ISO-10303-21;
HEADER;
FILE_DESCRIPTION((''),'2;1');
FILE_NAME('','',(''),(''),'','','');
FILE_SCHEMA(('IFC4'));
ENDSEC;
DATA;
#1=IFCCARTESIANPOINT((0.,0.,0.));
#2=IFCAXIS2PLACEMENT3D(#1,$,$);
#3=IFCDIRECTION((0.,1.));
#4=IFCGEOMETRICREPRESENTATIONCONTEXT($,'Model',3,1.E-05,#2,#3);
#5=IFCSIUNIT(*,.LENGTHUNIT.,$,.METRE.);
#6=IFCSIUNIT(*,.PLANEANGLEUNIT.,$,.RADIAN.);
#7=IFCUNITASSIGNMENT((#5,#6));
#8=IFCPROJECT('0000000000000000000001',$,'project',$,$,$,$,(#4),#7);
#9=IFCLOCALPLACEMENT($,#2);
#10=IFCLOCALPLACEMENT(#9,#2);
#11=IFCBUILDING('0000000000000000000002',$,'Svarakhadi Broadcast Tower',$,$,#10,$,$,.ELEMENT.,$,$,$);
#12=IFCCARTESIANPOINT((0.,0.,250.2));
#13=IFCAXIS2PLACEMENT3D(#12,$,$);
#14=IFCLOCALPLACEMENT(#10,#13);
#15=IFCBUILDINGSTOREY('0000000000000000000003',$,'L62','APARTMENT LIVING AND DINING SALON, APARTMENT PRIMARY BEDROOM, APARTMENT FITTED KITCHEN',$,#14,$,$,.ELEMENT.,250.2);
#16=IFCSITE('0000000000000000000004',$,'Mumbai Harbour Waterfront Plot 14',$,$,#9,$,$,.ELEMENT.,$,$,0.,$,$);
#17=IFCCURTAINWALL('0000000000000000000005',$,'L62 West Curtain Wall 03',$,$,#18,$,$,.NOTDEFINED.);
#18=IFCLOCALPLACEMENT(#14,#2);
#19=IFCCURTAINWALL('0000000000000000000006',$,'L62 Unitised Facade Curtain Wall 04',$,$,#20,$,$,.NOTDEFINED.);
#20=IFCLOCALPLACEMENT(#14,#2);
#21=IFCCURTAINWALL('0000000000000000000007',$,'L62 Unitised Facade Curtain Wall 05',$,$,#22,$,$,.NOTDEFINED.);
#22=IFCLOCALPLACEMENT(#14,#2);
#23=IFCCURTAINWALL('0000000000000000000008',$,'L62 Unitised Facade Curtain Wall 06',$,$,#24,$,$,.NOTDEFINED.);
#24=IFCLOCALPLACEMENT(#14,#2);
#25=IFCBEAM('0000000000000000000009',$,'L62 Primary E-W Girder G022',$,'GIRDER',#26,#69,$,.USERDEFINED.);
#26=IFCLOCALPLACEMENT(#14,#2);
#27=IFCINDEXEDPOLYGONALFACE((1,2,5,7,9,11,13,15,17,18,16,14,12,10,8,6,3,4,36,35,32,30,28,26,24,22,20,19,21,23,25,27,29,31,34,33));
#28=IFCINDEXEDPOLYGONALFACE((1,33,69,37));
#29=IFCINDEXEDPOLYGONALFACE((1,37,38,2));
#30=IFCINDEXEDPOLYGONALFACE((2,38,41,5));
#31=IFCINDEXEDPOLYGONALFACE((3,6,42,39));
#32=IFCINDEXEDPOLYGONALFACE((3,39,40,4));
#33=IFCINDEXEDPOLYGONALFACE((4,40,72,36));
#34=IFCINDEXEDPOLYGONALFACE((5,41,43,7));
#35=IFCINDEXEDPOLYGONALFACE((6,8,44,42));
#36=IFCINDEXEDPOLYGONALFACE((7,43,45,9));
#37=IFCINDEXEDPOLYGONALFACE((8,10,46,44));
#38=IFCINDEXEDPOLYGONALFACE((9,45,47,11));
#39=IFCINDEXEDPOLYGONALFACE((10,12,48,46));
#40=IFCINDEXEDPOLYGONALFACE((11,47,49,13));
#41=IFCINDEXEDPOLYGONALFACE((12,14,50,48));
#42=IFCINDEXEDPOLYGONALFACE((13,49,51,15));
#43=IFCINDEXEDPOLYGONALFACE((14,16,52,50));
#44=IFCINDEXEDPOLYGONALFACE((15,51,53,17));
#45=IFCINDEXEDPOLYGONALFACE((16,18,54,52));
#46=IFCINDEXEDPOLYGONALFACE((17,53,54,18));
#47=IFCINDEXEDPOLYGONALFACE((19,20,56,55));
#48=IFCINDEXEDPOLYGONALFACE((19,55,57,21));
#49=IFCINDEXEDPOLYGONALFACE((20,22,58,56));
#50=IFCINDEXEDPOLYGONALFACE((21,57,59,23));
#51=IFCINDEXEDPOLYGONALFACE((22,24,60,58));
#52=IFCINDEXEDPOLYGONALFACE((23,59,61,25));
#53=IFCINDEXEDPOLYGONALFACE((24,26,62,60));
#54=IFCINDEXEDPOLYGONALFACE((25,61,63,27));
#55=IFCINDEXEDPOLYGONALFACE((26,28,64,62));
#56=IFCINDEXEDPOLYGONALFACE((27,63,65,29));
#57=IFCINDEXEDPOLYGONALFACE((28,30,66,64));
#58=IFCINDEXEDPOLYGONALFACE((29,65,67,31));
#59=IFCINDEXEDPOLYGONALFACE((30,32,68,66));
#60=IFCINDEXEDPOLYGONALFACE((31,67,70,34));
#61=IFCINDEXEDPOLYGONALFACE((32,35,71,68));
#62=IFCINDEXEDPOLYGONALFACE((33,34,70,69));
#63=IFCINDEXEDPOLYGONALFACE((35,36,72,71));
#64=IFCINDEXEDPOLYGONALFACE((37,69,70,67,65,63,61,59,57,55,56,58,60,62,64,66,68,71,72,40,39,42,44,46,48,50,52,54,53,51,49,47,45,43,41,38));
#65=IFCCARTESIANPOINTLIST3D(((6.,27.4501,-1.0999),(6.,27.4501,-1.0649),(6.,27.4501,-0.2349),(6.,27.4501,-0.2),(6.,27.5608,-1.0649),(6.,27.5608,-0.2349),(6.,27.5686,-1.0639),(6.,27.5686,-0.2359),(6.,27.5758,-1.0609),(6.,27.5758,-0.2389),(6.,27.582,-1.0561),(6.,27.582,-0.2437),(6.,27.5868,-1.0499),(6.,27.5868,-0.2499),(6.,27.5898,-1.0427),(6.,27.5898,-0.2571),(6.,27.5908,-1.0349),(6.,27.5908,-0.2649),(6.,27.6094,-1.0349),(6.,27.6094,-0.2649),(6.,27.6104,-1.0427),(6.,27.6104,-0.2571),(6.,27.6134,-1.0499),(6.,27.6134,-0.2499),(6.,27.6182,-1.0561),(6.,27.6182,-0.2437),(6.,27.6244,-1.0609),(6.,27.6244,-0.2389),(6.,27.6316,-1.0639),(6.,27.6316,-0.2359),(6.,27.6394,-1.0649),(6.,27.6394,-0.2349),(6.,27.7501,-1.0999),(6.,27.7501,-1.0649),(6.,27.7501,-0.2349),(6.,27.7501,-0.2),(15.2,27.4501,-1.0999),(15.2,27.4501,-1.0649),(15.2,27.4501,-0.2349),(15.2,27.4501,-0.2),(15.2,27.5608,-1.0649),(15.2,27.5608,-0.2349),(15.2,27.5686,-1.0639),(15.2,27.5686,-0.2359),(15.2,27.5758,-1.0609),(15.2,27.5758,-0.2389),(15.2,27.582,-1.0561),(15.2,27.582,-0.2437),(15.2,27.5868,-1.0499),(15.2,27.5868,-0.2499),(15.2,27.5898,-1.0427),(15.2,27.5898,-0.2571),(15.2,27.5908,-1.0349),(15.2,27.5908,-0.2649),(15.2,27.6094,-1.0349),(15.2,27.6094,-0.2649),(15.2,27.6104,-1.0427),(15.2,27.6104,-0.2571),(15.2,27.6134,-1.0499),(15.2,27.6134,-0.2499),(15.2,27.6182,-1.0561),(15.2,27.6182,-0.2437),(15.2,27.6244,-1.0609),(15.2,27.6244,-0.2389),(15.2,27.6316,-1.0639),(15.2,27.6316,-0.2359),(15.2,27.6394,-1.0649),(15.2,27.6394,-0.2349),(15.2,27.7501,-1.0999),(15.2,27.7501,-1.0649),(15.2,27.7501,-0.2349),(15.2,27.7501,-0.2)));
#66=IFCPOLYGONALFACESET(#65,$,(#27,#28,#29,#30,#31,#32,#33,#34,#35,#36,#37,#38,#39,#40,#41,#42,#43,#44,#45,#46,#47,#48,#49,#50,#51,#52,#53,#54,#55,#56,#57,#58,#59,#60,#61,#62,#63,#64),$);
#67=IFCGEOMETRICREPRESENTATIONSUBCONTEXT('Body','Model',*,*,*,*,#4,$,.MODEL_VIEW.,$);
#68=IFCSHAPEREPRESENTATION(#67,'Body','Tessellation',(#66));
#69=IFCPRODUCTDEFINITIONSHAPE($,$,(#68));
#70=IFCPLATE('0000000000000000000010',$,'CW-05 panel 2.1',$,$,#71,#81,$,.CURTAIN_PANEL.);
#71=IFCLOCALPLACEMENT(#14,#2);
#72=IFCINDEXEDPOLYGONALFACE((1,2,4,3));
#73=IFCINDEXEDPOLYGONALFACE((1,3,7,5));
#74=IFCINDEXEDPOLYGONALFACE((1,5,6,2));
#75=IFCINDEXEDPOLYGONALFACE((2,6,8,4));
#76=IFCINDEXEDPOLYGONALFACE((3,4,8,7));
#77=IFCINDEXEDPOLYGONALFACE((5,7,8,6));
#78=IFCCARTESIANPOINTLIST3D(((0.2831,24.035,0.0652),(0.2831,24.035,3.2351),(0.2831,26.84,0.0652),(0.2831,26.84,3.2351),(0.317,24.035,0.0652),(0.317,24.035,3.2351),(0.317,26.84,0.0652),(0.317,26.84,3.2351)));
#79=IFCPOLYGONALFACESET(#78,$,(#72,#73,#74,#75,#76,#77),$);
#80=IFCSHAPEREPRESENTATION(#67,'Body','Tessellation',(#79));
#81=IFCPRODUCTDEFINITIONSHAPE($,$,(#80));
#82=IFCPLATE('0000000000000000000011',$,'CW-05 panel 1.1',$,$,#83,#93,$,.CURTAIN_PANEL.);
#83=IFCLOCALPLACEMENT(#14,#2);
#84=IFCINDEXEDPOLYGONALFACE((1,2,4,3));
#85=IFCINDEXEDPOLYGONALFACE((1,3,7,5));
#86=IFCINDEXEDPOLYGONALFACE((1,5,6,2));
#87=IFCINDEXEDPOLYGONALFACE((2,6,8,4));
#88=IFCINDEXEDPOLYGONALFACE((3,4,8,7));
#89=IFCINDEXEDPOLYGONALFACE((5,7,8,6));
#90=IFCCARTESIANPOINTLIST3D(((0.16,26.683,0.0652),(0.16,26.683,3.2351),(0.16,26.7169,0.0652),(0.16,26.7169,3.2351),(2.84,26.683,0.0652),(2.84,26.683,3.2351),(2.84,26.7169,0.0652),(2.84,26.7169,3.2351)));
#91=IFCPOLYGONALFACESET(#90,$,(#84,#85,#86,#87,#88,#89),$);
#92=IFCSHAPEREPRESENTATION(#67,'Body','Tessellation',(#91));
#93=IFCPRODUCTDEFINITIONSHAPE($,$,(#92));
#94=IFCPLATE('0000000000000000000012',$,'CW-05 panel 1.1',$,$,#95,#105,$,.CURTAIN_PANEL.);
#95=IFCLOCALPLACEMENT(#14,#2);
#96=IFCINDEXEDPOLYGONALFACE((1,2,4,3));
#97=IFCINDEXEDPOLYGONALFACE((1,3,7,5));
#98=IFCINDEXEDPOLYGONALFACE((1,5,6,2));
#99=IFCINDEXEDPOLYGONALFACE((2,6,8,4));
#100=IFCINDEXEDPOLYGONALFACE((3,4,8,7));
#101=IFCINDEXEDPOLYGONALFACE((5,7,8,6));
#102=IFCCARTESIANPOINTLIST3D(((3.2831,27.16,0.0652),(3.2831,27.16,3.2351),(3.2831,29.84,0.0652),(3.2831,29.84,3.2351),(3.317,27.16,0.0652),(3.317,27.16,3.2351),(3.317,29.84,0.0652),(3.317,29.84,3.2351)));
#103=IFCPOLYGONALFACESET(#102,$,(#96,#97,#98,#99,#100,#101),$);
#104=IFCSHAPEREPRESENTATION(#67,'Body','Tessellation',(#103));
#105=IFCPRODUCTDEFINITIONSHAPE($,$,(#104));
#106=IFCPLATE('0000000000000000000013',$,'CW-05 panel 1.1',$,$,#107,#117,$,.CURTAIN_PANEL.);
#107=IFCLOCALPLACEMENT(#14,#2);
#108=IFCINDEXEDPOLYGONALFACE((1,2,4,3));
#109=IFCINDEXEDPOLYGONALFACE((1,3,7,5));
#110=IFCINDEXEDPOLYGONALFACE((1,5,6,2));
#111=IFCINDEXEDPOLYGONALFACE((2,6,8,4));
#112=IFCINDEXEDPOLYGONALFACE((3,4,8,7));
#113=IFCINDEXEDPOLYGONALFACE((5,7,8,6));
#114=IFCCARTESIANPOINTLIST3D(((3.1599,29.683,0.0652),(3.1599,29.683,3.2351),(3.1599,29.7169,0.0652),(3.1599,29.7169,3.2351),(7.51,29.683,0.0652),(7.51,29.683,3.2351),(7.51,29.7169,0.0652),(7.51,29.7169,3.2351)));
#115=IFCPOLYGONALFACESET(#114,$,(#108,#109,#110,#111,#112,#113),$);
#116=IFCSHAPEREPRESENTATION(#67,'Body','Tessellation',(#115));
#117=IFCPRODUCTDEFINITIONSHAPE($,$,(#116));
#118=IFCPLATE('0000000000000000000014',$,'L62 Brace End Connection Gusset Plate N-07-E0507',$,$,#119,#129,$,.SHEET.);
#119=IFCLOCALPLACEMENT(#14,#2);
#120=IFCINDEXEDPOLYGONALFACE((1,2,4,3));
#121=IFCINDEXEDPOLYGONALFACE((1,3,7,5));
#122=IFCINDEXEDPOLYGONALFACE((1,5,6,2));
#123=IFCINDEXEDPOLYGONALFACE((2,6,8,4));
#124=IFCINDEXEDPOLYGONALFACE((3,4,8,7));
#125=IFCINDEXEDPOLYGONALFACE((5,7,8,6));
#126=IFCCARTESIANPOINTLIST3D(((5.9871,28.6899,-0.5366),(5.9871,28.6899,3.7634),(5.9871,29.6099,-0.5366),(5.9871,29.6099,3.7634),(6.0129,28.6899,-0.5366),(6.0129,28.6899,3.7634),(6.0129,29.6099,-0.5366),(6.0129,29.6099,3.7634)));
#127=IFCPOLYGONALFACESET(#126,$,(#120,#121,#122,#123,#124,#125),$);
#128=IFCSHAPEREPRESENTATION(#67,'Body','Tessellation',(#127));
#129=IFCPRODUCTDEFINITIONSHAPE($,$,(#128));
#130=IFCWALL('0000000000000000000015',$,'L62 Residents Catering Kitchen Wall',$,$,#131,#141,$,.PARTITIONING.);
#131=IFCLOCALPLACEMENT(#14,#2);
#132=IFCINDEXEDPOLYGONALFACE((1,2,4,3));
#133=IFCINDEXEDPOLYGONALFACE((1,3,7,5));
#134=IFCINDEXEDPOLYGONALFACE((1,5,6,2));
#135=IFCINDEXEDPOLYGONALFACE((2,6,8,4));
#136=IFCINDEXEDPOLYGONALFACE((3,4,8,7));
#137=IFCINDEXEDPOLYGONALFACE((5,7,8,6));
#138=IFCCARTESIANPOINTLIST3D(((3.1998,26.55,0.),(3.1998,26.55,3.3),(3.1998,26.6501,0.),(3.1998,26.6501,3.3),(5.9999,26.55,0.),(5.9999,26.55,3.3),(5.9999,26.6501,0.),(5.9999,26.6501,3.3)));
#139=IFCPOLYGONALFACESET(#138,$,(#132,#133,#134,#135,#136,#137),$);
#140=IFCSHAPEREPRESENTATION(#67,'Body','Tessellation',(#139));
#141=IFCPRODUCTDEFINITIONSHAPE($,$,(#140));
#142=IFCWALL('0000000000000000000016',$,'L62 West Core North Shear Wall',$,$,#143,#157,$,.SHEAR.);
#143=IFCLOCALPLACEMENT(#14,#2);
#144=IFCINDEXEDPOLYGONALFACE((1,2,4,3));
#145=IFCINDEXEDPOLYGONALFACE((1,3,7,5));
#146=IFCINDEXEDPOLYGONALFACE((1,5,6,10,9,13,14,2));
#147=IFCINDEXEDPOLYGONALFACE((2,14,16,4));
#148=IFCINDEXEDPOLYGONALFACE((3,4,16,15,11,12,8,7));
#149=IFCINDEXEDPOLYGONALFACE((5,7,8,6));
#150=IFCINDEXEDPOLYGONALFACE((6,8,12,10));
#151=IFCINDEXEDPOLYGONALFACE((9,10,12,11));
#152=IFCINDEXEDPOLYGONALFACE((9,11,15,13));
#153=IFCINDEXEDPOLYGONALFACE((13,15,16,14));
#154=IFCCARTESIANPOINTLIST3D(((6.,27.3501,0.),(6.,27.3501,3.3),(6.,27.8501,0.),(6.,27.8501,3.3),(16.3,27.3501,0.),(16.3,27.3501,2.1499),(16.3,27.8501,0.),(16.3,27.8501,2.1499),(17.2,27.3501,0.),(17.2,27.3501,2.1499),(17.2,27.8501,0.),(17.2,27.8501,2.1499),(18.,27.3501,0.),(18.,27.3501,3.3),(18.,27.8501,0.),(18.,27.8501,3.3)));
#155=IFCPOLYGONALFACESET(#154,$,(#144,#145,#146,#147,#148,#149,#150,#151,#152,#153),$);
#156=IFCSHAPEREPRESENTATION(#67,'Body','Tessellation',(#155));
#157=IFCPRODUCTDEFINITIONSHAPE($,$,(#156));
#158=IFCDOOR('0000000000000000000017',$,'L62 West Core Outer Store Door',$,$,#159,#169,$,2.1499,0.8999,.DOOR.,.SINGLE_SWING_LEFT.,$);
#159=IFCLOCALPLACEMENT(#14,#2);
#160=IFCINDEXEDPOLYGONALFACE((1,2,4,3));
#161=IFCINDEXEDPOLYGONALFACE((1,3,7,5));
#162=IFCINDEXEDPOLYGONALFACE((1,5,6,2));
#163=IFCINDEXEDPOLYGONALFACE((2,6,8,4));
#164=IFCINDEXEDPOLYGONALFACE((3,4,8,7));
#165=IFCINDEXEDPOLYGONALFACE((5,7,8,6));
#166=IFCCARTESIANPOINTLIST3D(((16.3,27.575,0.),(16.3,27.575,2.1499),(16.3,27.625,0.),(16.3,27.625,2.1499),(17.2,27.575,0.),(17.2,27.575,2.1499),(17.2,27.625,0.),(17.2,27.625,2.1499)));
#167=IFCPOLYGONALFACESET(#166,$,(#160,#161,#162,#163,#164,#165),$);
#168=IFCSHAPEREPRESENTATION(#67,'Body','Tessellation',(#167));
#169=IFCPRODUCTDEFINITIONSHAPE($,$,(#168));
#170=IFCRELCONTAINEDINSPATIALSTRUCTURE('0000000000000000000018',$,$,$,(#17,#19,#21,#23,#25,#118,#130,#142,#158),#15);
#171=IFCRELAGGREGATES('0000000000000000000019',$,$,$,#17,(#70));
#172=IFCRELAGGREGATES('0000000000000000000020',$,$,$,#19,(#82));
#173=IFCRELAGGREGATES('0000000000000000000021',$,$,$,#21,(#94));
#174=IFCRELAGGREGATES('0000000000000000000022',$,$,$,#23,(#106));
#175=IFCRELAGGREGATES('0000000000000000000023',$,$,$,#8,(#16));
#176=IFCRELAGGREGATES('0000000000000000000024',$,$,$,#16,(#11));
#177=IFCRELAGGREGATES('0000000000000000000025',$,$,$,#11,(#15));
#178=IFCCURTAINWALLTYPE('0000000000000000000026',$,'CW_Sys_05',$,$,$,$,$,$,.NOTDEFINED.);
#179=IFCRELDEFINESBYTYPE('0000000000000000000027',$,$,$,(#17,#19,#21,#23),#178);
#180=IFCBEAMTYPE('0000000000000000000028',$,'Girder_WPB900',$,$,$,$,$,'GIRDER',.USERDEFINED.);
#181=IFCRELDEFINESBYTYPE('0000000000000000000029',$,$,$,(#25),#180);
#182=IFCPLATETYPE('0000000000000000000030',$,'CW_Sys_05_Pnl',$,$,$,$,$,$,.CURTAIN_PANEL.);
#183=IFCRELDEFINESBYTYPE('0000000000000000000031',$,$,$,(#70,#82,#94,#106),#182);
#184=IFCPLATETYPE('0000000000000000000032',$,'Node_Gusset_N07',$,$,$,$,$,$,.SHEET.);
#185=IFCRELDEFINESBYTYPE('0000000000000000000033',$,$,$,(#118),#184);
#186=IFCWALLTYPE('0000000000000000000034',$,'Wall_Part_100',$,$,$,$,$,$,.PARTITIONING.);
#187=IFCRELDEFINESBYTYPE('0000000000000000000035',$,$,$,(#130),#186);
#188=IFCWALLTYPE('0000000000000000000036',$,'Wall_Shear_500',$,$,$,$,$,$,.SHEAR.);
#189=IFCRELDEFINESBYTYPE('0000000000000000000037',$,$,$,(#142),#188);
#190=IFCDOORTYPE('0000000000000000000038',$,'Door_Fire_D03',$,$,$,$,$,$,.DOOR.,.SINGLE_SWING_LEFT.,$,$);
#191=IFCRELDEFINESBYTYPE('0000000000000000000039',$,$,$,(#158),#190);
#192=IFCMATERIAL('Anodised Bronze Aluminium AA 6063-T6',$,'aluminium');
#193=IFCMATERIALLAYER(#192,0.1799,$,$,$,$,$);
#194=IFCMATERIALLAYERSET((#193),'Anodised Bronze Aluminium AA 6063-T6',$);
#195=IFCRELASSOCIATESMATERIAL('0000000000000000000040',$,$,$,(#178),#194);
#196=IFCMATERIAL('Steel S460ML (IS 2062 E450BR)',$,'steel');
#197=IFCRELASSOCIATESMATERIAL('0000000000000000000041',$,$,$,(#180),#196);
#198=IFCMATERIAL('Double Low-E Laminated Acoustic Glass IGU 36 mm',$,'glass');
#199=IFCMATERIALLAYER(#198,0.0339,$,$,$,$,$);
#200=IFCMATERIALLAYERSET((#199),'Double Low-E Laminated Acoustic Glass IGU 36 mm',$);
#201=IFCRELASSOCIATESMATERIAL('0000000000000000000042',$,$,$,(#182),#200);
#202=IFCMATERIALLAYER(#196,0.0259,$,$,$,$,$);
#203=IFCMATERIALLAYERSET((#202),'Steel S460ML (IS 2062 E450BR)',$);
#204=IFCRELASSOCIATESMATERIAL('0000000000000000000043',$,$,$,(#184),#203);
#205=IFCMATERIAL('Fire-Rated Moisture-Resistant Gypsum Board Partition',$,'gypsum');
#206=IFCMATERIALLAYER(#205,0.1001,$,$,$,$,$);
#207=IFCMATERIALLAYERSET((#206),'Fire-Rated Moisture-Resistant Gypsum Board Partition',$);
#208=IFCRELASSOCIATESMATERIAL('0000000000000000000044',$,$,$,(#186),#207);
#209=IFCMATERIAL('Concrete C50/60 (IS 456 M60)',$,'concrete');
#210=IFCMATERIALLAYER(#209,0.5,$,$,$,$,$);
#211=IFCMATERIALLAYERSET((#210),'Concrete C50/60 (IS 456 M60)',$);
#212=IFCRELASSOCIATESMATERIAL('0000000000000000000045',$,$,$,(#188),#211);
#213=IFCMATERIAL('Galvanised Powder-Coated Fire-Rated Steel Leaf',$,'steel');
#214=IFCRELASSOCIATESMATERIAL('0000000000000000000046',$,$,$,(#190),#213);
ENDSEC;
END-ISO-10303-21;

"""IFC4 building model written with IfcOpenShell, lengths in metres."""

from ifc_helpers import new_model, si_unit, direction, frame, frame_2d, origin, origin_2d, place, context, subcontext, project, spatial, rectangle, i_section, extrude, material, layer, layer_set, material_profile, profile_set, type_object, element, fill, aggregate, save


model = new_model("IFC4")

# Units and contexts
model_context = context("Model", 3, precision=1e-05, world=origin(), true_north=direction((0.0, 1.0)))
body_context = subcontext(model_context, "Body", "Model", "MODEL_VIEW")
ifc_project = project(units=[si_unit("LENGTHUNIT", "METRE"), si_unit("PLANEANGLEUNIT", "RADIAN")], contexts=[model_context])

# Site, building, storey
site_placement = place(None, origin())
site = spatial("IfcSite", under=ifc_project, at=site_placement, Name="Mumbai Harbour Waterfront Plot 14", CompositionType="ELEMENT", RefElevation=0.0)
building_placement = place(site_placement, origin())
building = spatial("IfcBuilding", under=site, at=building_placement, Name="Svarakhadi Broadcast Tower", CompositionType="ELEMENT")
storey_placement = place(building_placement, frame((0.0, 0.0, 250.2)))
storey = spatial("IfcBuildingStorey", under=building, at=storey_placement, Name="L62", Description="APARTMENT LIVING AND DINING SALON, APARTMENT PRIMARY BEDROOM, APARTMENT FITTED KITCHEN", CompositionType="ELEMENT", Elevation=250.2)

# Shared definitions
ifc_material_1 = material(Name="Concrete C50/60 (IS 456 M60)", Category="concrete")
ifc_material_2 = material(Name="Steel S460ML (IS 2062 E450BR)", Category="steel")

# Curtain wall
ifc_material_3 = material(Name="Anodised Bronze Aluminium AA 6063-T6", Category="aluminium")
ifc_layer_1 = layer(ifc_material_3, 0.1799)
ifc_layer_set_1 = layer_set([ifc_layer_1], Name="Anodised Bronze Aluminium AA 6063-T6")
curtain_wall_type = type_object("IfcCurtainWallType", Name="CW_Sys_05", PredefinedType="NOTDEFINED", material=ifc_layer_set_1)
curtain_wall_1_placement = place(storey_placement, origin())
curtain_wall_1 = element("IfcCurtainWall", 1, at=curtain_wall_1_placement, inside=storey, type_object=curtain_wall_type, Name="L62 West Curtain Wall 03", PredefinedType="NOTDEFINED")

# Curtain walls
curtain_wall_2_placement = place(storey_placement, origin())
curtain_wall_2 = element("IfcCurtainWall", 2, at=curtain_wall_2_placement, inside=storey, type_object=curtain_wall_type, Name="L62 Unitised Facade Curtain Wall 04", PredefinedType="NOTDEFINED")
curtain_wall_3_placement = place(storey_placement, origin())
curtain_wall_3 = element("IfcCurtainWall", 3, at=curtain_wall_3_placement, inside=storey, type_object=curtain_wall_type, Name="L62 Unitised Facade Curtain Wall 05", PredefinedType="NOTDEFINED")

# Curtain wall
curtain_wall_4_placement = place(storey_placement, origin())
curtain_wall_4 = element("IfcCurtainWall", 4, at=curtain_wall_4_placement, inside=storey, type_object=curtain_wall_type, Name="L62 Unitised Facade Curtain Wall 06", PredefinedType="NOTDEFINED")

# Beam
ifc_material_profile_1 = material_profile(ifc_material_2, i_section(OverallWidth=0.3, OverallDepth=0.8999, WebThickness=0.0186, FlangeThickness=0.0349, FilletRadius=0.03, at=origin_2d()), Name="WPB 900x300x291")
ifc_profile_set_1 = profile_set([ifc_material_profile_1], Name="Steel S460ML (IS 2062 E450BR)")
beam_type_1 = type_object("IfcBeamType", Name="Girder_WPB900", ElementType="GIRDER", PredefinedType="USERDEFINED", material=ifc_profile_set_1)
beam_1_placement = place(storey_placement, frame((6.0, 27.6001, -0.6499), z_axis=(1.0, 0.0, 0.0), x_axis=(0.0, 1.0, 0.0)))
element("IfcBeam", 5, at=beam_1_placement, inside=storey, type_object=beam_type_1, Name="L62 Primary E-W Girder G022", ObjectType="GIRDER", PredefinedType="USERDEFINED", context=body_context, shape_type="SweptSolid", body=[
    extrude(i_section(OverallWidth=0.3, OverallDepth=0.8999, WebThickness=0.0186, FlangeThickness=0.0349, FilletRadius=0.03, at=origin_2d()), origin(), (0.0, 0.0, 1.0), 9.2),
])

# Plates
ifc_material_4 = material(Name="Double Low-E Laminated Acoustic Glass IGU 36 mm", Category="glass")
ifc_layer_2 = layer(ifc_material_4, 0.0339)
ifc_layer_set_2 = layer_set([ifc_layer_2], Name="Double Low-E Laminated Acoustic Glass IGU 36 mm")
plate_type_1 = type_object("IfcPlateType", Name="CW_Sys_05_Pnl", PredefinedType="CURTAIN_PANEL", material=ifc_layer_set_2)
plate_1_placement = place(storey_placement, frame((0.3, 25.4375, 0.0652), z_axis=(0.0, 0.0, 1.0), x_axis=(0.0, 1.0, 0.0)))
plate_1 = element("IfcPlate", 6, at=plate_1_placement, type_object=plate_type_1, Name="CW-05 panel 2.1", PredefinedType="CURTAIN_PANEL", context=body_context, shape_type="SweptSolid", body=[
    extrude(rectangle(XDim=2.8049, YDim=0.0339, at=origin_2d()), origin(), (0.0, 0.0, 1.0), 3.1699),
])
aggregate(curtain_wall_1, [plate_1])
plate_2_placement = place(storey_placement, frame((1.5, 26.7, 0.0652), z_axis=(0.0, 0.0, 1.0), x_axis=(1.0, 0.0, 0.0)))
plate_2 = element("IfcPlate", 7, at=plate_2_placement, type_object=plate_type_1, Name="CW-05 panel 1.1", PredefinedType="CURTAIN_PANEL", context=body_context, shape_type="SweptSolid", body=[
    extrude(rectangle(XDim=2.6799, YDim=0.0339, at=origin_2d()), origin(), (0.0, 0.0, 1.0), 3.1699),
])
aggregate(curtain_wall_2, [plate_2])
plate_3_placement = place(storey_placement, frame((3.3, 28.5, 0.0652), z_axis=(0.0, 0.0, 1.0), x_axis=(0.0, 1.0, 0.0)))
plate_3 = element("IfcPlate", 8, at=plate_3_placement, type_object=plate_type_1, Name="CW-05 panel 1.1", PredefinedType="CURTAIN_PANEL", context=body_context, shape_type="SweptSolid", body=[
    extrude(rectangle(XDim=2.6799, YDim=0.0339, at=origin_2d()), origin(), (0.0, 0.0, 1.0), 3.1699),
])
aggregate(curtain_wall_3, [plate_3])
plate_4_placement = place(storey_placement, frame((5.335, 29.7, 0.0652), z_axis=(0.0, 0.0, 1.0), x_axis=(1.0, 0.0, 0.0)))
plate_4 = element("IfcPlate", 9, at=plate_4_placement, type_object=plate_type_1, Name="CW-05 panel 1.1", PredefinedType="CURTAIN_PANEL", context=body_context, shape_type="SweptSolid", body=[
    extrude(rectangle(XDim=4.3501, YDim=0.0339, at=origin_2d()), origin(), (0.0, 0.0, 1.0), 3.1699),
])
aggregate(curtain_wall_4, [plate_4])
ifc_layer_3 = layer(ifc_material_2, 0.0259)
ifc_layer_set_3 = layer_set([ifc_layer_3], Name="Steel S460ML (IS 2062 E450BR)")
plate_type_2 = type_object("IfcPlateType", Name="Node_Gusset_N07", PredefinedType="SHEET", material=ifc_layer_set_3)
plate_5_placement = place(storey_placement, frame((6.0, 29.1499, -0.5366), z_axis=(0.0, 0.0, 1.0), x_axis=(0.0, 1.0, 0.0)))
element("IfcPlate", 10, at=plate_5_placement, inside=storey, type_object=plate_type_2, Name="L62 Brace End Connection Gusset Plate N-07-E0507", PredefinedType="SHEET", context=body_context, shape_type="SweptSolid", body=[
    extrude(rectangle(XDim=0.9199, YDim=0.0259, at=origin_2d()), origin(), (0.0, 0.0, 1.0), 4.3),
])

# Wall
ifc_material_5 = material(Name="Fire-Rated Moisture-Resistant Gypsum Board Partition", Category="gypsum")
ifc_layer_4 = layer(ifc_material_5, 0.1001)
ifc_layer_set_4 = layer_set([ifc_layer_4], Name="Fire-Rated Moisture-Resistant Gypsum Board Partition")
wall_type_1 = type_object("IfcWallType", Name="Wall_Part_100", PredefinedType="PARTITIONING", material=ifc_layer_set_4)
wall_1_placement = place(storey_placement, frame((3.2, 26.6001, 0.0), z_axis=(0.0, 0.0, 1.0), x_axis=(1.0, 0.0, 0.0)))
element("IfcWall", 11, at=wall_1_placement, inside=storey, type_object=wall_type_1, Name="L62 Residents Catering Kitchen Wall", PredefinedType="PARTITIONING", context=body_context, shape_type="SweptSolid", body=[
    extrude(rectangle(XDim=2.8, YDim=0.1001, at=frame_2d((1.3999, 0.0))), origin(), (0.0, 0.0, 1.0), 3.3),
])

# Wall, opening, door
ifc_layer_5 = layer(ifc_material_1, 0.5)
ifc_layer_set_5 = layer_set([ifc_layer_5], Name="Concrete C50/60 (IS 456 M60)")
wall_type_2 = type_object("IfcWallType", Name="Wall_Shear_500", PredefinedType="SHEAR", material=ifc_layer_set_5)
wall_2_placement = place(storey_placement, frame((6.0, 27.6001, 0.0), z_axis=(0.0, 0.0, 1.0), x_axis=(1.0, 0.0, 0.0)))
wall_2 = element("IfcWall", 12, at=wall_2_placement, inside=storey, type_object=wall_type_2, Name="L62 West Core North Shear Wall", PredefinedType="SHEAR", context=body_context, shape_type="SweptSolid", body=[
    extrude(rectangle(XDim=12.0, YDim=0.5, at=frame_2d((6.0, 0.0))), origin(), (0.0, 0.0, 1.0), 3.3),
])
opening_placement = place(wall_2_placement, frame((10.3, 0.0, 0.0)))
opening = element("IfcOpeningElement", 13, at=opening_placement, cuts=wall_2, PredefinedType="OPENING", context=body_context, shape_type="SweptSolid", body=[
    extrude(rectangle(XDim=0.8999, YDim=2.1499, at=frame_2d((0.45, 1.075))), frame((0.0, 0.26, 0.0), z_axis=(0.0, -1.0, 0.0), x_axis=(1.0, 0.0, 0.0)), (0.0, 0.0, 1.0), 0.52),
])
ifc_material_6 = material(Name="Galvanised Powder-Coated Fire-Rated Steel Leaf", Category="steel")
door_type = type_object("IfcDoorType", Name="Door_Fire_D03", OperationType="SINGLE_SWING_LEFT", PredefinedType="DOOR", material=ifc_material_6)
door_placement = place(opening_placement, origin())
door = element("IfcDoor", 14, at=door_placement, inside=storey, type_object=door_type, Name="L62 West Core Outer Store Door", OperationType="SINGLE_SWING_LEFT", OverallHeight=2.1499, OverallWidth=0.8999, PredefinedType="DOOR", context=body_context, shape_type="SweptSolid", body=[
    extrude(rectangle(XDim=0.8999, YDim=2.1499, at=frame_2d((0.45, 1.075))), frame((0.0, 0.0249, 0.0), z_axis=(0.0, -1.0, 0.0), x_axis=(1.0, 0.0, 0.0)), (0.0, 0.0, 1.0), 0.05),
])
fill(opening, door)

save(model, "model.ifc")
